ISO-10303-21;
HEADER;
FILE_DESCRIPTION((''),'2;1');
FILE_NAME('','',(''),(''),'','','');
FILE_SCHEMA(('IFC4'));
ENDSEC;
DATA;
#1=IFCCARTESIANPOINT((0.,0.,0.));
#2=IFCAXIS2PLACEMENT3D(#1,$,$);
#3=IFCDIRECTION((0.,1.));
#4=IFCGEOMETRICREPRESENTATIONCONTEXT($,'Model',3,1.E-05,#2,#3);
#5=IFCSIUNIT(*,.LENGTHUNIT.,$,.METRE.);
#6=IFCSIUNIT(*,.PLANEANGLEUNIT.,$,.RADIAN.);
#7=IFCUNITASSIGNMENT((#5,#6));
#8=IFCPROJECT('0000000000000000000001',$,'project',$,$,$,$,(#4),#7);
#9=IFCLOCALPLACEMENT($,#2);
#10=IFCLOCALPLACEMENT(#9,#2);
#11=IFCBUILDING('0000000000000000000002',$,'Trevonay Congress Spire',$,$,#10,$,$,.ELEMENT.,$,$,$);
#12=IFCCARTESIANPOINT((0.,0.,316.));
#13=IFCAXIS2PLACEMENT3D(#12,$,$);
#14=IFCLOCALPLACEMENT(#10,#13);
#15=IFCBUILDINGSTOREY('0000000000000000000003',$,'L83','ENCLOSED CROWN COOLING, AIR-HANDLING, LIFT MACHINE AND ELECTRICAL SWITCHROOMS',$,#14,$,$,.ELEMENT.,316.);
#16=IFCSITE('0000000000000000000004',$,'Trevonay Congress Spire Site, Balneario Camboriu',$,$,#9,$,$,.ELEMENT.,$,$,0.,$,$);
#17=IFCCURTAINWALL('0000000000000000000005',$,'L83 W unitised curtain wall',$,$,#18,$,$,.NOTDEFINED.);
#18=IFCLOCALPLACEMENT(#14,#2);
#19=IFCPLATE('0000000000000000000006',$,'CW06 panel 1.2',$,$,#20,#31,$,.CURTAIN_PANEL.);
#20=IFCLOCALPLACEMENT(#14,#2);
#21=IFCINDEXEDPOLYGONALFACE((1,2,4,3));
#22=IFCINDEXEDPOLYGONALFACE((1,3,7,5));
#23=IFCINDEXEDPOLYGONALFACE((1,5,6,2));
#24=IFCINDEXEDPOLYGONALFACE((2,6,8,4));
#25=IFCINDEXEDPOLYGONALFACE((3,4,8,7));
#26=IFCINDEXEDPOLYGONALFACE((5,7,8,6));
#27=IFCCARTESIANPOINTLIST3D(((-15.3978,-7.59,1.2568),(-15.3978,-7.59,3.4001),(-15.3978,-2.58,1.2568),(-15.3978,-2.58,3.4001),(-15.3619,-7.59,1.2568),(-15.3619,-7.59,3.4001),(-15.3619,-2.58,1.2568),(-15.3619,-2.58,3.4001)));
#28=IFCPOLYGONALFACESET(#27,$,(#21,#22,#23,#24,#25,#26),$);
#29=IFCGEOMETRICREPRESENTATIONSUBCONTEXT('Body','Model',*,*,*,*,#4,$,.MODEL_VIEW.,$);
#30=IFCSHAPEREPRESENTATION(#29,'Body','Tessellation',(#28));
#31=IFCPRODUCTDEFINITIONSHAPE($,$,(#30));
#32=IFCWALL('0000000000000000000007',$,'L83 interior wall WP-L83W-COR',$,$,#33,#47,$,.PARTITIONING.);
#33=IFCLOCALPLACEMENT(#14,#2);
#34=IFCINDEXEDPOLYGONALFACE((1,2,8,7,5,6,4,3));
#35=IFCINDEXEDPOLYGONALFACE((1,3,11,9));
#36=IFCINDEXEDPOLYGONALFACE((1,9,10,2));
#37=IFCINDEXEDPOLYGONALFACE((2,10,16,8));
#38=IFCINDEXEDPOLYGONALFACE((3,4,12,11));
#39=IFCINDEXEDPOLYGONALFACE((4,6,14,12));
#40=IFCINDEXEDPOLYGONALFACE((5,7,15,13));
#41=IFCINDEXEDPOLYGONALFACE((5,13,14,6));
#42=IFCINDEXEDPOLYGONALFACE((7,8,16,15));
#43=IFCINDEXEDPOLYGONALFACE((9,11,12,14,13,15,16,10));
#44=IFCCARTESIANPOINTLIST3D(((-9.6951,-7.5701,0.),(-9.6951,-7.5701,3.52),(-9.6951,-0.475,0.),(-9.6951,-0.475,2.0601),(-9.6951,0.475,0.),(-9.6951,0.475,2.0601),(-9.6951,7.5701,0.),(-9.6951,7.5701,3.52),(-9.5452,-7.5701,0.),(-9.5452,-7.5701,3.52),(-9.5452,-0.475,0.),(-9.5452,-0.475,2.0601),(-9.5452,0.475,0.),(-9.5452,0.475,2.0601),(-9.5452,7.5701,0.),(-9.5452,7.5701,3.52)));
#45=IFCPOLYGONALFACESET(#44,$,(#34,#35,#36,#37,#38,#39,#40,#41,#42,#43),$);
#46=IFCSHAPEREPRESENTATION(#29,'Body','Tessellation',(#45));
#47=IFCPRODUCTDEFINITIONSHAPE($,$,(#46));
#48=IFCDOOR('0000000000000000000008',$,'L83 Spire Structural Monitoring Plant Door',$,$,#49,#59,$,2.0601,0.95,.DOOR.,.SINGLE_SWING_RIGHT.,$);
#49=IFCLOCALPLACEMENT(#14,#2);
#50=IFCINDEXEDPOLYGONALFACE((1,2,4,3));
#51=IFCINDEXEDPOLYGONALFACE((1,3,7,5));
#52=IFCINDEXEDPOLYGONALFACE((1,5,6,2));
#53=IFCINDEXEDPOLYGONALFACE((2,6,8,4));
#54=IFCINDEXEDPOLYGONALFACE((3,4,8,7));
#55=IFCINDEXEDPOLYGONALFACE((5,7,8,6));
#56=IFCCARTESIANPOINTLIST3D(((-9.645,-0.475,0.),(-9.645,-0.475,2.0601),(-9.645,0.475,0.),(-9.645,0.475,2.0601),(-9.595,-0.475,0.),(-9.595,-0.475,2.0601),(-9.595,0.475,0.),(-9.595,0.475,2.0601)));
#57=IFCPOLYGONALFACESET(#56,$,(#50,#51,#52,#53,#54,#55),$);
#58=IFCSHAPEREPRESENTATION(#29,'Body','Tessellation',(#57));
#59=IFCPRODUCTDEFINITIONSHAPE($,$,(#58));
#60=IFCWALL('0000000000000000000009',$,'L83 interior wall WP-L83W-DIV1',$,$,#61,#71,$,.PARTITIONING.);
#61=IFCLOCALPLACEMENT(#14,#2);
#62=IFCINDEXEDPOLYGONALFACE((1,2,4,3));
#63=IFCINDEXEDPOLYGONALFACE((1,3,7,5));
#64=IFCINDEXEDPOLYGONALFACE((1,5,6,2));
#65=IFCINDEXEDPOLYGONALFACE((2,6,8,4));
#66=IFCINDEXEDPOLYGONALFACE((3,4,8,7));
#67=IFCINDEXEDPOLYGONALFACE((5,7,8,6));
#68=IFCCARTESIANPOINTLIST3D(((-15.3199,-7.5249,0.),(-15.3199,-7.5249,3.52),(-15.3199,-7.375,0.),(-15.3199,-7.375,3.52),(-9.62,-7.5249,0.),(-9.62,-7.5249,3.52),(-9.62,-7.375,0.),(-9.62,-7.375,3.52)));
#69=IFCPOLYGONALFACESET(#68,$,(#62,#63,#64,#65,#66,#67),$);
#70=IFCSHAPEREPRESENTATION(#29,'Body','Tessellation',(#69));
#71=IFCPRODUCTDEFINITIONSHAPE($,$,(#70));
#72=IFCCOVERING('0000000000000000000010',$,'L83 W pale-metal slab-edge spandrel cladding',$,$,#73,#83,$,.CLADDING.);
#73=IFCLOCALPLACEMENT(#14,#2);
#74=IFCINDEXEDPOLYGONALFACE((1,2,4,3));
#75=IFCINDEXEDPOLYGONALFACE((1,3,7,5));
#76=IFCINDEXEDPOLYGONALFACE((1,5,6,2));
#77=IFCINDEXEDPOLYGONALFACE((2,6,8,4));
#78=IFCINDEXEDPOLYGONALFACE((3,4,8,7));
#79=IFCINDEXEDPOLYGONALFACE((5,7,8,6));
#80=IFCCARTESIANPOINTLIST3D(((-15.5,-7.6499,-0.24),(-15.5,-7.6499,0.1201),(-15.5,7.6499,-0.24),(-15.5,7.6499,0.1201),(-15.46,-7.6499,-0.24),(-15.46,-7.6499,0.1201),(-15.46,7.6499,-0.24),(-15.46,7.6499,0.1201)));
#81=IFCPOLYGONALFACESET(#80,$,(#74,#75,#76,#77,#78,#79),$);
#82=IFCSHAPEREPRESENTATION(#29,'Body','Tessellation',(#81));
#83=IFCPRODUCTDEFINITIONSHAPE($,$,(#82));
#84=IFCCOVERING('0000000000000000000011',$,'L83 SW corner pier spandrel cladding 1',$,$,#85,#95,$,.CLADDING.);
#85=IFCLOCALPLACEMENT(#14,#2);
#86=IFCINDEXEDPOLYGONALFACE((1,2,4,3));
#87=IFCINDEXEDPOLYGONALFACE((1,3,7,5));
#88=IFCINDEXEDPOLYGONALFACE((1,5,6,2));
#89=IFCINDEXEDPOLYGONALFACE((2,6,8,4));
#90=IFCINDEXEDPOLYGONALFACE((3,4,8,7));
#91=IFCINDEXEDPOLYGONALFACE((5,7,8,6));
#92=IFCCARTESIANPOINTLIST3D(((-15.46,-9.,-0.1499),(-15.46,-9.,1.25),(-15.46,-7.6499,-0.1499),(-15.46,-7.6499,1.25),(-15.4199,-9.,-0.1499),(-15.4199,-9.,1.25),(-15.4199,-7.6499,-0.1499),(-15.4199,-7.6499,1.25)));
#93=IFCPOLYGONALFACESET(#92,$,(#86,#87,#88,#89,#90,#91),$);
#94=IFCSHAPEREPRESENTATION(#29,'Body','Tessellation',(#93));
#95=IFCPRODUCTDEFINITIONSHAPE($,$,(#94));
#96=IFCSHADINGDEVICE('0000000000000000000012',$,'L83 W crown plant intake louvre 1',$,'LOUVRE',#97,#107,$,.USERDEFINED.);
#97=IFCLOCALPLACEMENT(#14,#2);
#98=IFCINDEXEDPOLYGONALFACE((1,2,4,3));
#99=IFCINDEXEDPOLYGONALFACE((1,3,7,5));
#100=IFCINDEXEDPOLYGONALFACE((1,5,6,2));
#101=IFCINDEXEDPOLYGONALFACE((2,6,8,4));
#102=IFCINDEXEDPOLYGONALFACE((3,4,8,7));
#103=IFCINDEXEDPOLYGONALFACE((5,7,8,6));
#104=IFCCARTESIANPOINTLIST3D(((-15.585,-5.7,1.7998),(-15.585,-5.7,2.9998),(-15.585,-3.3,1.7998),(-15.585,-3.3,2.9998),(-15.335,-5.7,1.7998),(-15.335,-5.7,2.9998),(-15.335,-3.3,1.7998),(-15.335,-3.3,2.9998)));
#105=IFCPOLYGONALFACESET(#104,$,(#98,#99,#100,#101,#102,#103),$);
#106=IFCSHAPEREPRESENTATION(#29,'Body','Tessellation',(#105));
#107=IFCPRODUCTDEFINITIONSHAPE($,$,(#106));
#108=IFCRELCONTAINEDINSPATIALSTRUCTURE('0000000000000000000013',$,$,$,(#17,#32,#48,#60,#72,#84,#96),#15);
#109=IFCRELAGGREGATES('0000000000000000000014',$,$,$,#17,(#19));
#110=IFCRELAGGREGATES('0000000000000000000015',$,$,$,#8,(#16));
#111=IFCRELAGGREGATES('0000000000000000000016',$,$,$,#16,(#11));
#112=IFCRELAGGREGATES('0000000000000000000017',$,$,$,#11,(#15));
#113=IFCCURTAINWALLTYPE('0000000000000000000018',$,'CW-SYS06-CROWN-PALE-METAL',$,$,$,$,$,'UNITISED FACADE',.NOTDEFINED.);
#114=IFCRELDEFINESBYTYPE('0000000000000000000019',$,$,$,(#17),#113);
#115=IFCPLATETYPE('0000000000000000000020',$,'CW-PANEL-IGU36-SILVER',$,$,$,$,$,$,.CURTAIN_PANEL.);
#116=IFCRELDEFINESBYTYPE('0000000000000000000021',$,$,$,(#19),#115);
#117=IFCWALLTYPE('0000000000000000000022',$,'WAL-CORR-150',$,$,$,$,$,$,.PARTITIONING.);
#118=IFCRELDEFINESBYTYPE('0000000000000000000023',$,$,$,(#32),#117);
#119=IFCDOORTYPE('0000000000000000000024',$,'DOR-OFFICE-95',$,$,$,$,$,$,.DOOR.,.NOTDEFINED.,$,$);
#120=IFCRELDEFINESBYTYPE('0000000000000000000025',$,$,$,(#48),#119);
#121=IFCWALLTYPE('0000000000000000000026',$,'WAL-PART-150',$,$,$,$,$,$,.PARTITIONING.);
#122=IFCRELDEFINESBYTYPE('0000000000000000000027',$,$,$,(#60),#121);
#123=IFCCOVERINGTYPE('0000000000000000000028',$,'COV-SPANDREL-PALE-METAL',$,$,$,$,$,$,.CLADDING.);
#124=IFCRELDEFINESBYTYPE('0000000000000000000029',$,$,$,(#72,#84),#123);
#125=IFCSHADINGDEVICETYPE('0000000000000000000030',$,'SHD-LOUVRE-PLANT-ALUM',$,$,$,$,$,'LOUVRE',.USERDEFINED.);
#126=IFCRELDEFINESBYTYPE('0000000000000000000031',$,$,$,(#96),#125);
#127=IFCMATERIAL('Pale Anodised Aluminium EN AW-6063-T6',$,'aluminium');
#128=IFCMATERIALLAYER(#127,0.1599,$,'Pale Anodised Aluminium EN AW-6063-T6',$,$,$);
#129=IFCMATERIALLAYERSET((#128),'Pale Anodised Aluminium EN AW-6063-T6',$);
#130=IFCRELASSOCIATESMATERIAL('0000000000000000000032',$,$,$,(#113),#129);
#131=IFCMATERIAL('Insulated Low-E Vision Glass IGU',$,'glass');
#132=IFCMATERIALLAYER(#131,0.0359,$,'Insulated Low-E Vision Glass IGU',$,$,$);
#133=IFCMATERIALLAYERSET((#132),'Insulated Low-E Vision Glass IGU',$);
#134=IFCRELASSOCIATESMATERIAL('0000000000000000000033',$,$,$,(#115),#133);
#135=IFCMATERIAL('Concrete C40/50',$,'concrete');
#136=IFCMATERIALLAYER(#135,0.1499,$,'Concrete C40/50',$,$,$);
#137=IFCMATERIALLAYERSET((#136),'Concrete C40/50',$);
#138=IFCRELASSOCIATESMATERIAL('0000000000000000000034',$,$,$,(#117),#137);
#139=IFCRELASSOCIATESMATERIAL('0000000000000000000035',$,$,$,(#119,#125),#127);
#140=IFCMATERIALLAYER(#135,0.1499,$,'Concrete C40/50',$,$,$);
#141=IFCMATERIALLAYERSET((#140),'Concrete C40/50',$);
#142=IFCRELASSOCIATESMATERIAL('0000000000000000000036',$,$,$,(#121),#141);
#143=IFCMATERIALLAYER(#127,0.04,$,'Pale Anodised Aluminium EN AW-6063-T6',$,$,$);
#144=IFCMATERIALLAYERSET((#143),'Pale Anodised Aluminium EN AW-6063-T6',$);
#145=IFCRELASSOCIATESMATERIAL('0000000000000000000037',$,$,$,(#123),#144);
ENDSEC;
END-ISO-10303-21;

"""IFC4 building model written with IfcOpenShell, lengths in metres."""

from ifc_helpers import new_model, si_unit, direction, frame, frame_2d, origin, origin_2d, place, context, subcontext, project, spatial, rectangle, extrude, material, layer, layer_set, type_object, element, fill, aggregate, save


model = new_model("IFC4")

# Units and contexts
model_context = context("Model", 3, precision=1e-05, world=origin(), true_north=direction((0.0, 1.0)))
body_context = subcontext(model_context, "Body", "Model", "MODEL_VIEW")
ifc_project = project(units=[si_unit("LENGTHUNIT", "METRE"), si_unit("PLANEANGLEUNIT", "RADIAN")], contexts=[model_context])

# Site, building, storey
site_placement = place(None, origin())
site = spatial("IfcSite", under=ifc_project, at=site_placement, Name="Trevonay Congress Spire Site, Balneario Camboriu", CompositionType="ELEMENT", RefElevation=0.0)
building_placement = place(site_placement, origin())
building = spatial("IfcBuilding", under=site, at=building_placement, Name="Trevonay Congress Spire", CompositionType="ELEMENT")
storey_placement = place(building_placement, frame((0.0, 0.0, 316.0)))
storey = spatial("IfcBuildingStorey", under=building, at=storey_placement, Name="L83", Description="ENCLOSED CROWN COOLING, AIR-HANDLING, LIFT MACHINE AND ELECTRICAL SWITCHROOMS", CompositionType="ELEMENT", Elevation=316.0)

# Curtain wall
ifc_material_1 = material(Name="Pale Anodised Aluminium EN AW-6063-T6", Category="aluminium")
ifc_layer_1 = layer(ifc_material_1, 0.1599, Name="Pale Anodised Aluminium EN AW-6063-T6")
ifc_layer_set_1 = layer_set([ifc_layer_1], Name="Pale Anodised Aluminium EN AW-6063-T6")
curtain_wall_type = type_object("IfcCurtainWallType", Name="CW-SYS06-CROWN-PALE-METAL", ElementType="UNITISED FACADE", PredefinedType="NOTDEFINED", material=ifc_layer_set_1)
curtain_wall_placement = place(storey_placement, origin())
curtain_wall = element("IfcCurtainWall", 1, at=curtain_wall_placement, inside=storey, type_object=curtain_wall_type, Name="L83 W unitised curtain wall", PredefinedType="NOTDEFINED")

# Plate
ifc_material_2 = material(Name="Insulated Low-E Vision Glass IGU", Category="glass")
ifc_layer_2 = layer(ifc_material_2, 0.0359, Name="Insulated Low-E Vision Glass IGU")
ifc_layer_set_2 = layer_set([ifc_layer_2], Name="Insulated Low-E Vision Glass IGU")
plate_type = type_object("IfcPlateType", Name="CW-PANEL-IGU36-SILVER", PredefinedType="CURTAIN_PANEL", material=ifc_layer_set_2)
plate_1_placement = place(storey_placement, frame((-15.3799, -5.085, 1.2568), z_axis=(0.0, 0.0, 1.0), x_axis=(0.0, 1.0, 0.0)))
plate_1 = element("IfcPlate", 2, at=plate_1_placement, type_object=plate_type, Name="CW06 panel 1.2", PredefinedType="CURTAIN_PANEL", context=body_context, shape_type="SweptSolid", body=[
    extrude(rectangle(XDim=5.01, YDim=0.0359, at=origin_2d()), origin(), (0.0, 0.0, 1.0), 2.1433),
])
aggregate(curtain_wall, [plate_1])

# Wall, opening, door
ifc_material_3 = material(Name="Concrete C40/50", Category="concrete")
ifc_layer_3 = layer(ifc_material_3, 0.1499, Name="Concrete C40/50")
ifc_layer_set_3 = layer_set([ifc_layer_3], Name="Concrete C40/50")
wall_type_1 = type_object("IfcWallType", Name="WAL-CORR-150", PredefinedType="PARTITIONING", material=ifc_layer_set_3)
wall_1_placement = place(storey_placement, frame((-9.6201, -7.5701, 0.0), z_axis=(0.0, 0.0, 1.0), x_axis=(0.0, 1.0, 0.0)))
wall_1 = element("IfcWall", 3, at=wall_1_placement, inside=storey, type_object=wall_type_1, Name="L83 interior wall WP-L83W-COR", PredefinedType="PARTITIONING", context=body_context, shape_type="SweptSolid", body=[
    extrude(rectangle(XDim=15.1401, YDim=0.1499, at=frame_2d((7.5701, 0.0))), origin(), (0.0, 0.0, 1.0), 3.52),
])
opening_placement = place(wall_1_placement, frame((7.095, 0.0, 0.0)))
opening = element("IfcOpeningElement", 4, at=opening_placement, cuts=wall_1, PredefinedType="OPENING", context=body_context, shape_type="SweptSolid", body=[
    extrude(rectangle(XDim=0.95, YDim=2.0601, at=frame_2d((0.4751, 1.03))), frame((0.0, 0.085, 0.0), z_axis=(0.0, -1.0, 0.0), x_axis=(1.0, 0.0, 0.0)), (0.0, 0.0, 1.0), 0.1699),
])
door_type = type_object("IfcDoorType", Name="DOR-OFFICE-95", OperationType="NOTDEFINED", PredefinedType="DOOR", material=ifc_material_1)
door_placement = place(opening_placement, origin())
door = element("IfcDoor", 5, at=door_placement, inside=storey, type_object=door_type, Name="L83 Spire Structural Monitoring Plant Door", OperationType="SINGLE_SWING_RIGHT", OverallHeight=2.0601, OverallWidth=0.95, PredefinedType="DOOR", context=body_context, shape_type="SweptSolid", body=[
    extrude(rectangle(XDim=0.95, YDim=2.0601, at=frame_2d((0.4751, 1.03))), frame((0.0, 0.0249, 0.0), z_axis=(0.0, -1.0, 0.0), x_axis=(1.0, 0.0, 0.0)), (0.0, 0.0, 1.0), 0.05),
])
fill(opening, door)

# Wall
ifc_layer_4 = layer(ifc_material_3, 0.1499, Name="Concrete C40/50")
ifc_layer_set_4 = layer_set([ifc_layer_4], Name="Concrete C40/50")
wall_type_2 = type_object("IfcWallType", Name="WAL-PART-150", PredefinedType="PARTITIONING", material=ifc_layer_set_4)
wall_2_placement = place(storey_placement, frame((-15.3201, -7.45, 0.0), z_axis=(0.0, 0.0, 1.0), x_axis=(1.0, 0.0, 0.0)))
element("IfcWall", 6, at=wall_2_placement, inside=storey, type_object=wall_type_2, Name="L83 interior wall WP-L83W-DIV1", PredefinedType="PARTITIONING", context=body_context, shape_type="SweptSolid", body=[
    extrude(rectangle(XDim=5.7, YDim=0.1499, at=frame_2d((2.8501, 0.0))), origin(), (0.0, 0.0, 1.0), 3.52),
])

# Coverings
ifc_layer_5 = layer(ifc_material_1, 0.04, Name="Pale Anodised Aluminium EN AW-6063-T6")
ifc_layer_set_5 = layer_set([ifc_layer_5], Name="Pale Anodised Aluminium EN AW-6063-T6")
covering_type = type_object("IfcCoveringType", Name="COV-SPANDREL-PALE-METAL", PredefinedType="CLADDING", material=ifc_layer_set_5)
covering_1_placement = place(storey_placement, frame((-15.48, -7.6499, -0.24), z_axis=(0.0, 0.0, 1.0), x_axis=(0.0, 1.0, 0.0)))
element("IfcCovering", 7, at=covering_1_placement, inside=storey, type_object=covering_type, Name="L83 W pale-metal slab-edge spandrel cladding", PredefinedType="CLADDING", context=body_context, shape_type="SweptSolid", body=[
    extrude(rectangle(XDim=15.2998, YDim=0.04, at=frame_2d((7.6499, 0.0))), origin(), (0.0, 0.0, 1.0), 0.3601),
])
covering_2_placement = place(storey_placement, frame((-15.4399, -7.6499, -0.1499), z_axis=(0.0, 0.0, 1.0), x_axis=(0.0, -1.0, 0.0)))
element("IfcCovering", 8, at=covering_2_placement, inside=storey, type_object=covering_type, Name="L83 SW corner pier spandrel cladding 1", PredefinedType="CLADDING", context=body_context, shape_type="SweptSolid", body=[
    extrude(rectangle(XDim=1.3501, YDim=0.04, at=frame_2d((0.675, 0.0))), origin(), (0.0, 0.0, 1.0), 1.3999),
])

# Shading device
shading_device_type = type_object("IfcShadingDeviceType", Name="SHD-LOUVRE-PLANT-ALUM", ElementType="LOUVRE", PredefinedType="USERDEFINED", material=ifc_material_1)
shading_device_placement = place(storey_placement, frame((-15.46, -4.5, 1.7998), z_axis=(0.0, 0.0, 1.0), x_axis=(0.0, 1.0, 0.0)))
element("IfcShadingDevice", 9, at=shading_device_placement, inside=storey, type_object=shading_device_type, Name="L83 W crown plant intake louvre 1", ObjectType="LOUVRE", PredefinedType="USERDEFINED", context=body_context, shape_type="SweptSolid", body=[
    extrude(rectangle(XDim=2.3999, YDim=0.25, at=origin_2d()), origin(), (0.0, 0.0, 1.0), 1.2),
])

save(model, "model.ifc")
